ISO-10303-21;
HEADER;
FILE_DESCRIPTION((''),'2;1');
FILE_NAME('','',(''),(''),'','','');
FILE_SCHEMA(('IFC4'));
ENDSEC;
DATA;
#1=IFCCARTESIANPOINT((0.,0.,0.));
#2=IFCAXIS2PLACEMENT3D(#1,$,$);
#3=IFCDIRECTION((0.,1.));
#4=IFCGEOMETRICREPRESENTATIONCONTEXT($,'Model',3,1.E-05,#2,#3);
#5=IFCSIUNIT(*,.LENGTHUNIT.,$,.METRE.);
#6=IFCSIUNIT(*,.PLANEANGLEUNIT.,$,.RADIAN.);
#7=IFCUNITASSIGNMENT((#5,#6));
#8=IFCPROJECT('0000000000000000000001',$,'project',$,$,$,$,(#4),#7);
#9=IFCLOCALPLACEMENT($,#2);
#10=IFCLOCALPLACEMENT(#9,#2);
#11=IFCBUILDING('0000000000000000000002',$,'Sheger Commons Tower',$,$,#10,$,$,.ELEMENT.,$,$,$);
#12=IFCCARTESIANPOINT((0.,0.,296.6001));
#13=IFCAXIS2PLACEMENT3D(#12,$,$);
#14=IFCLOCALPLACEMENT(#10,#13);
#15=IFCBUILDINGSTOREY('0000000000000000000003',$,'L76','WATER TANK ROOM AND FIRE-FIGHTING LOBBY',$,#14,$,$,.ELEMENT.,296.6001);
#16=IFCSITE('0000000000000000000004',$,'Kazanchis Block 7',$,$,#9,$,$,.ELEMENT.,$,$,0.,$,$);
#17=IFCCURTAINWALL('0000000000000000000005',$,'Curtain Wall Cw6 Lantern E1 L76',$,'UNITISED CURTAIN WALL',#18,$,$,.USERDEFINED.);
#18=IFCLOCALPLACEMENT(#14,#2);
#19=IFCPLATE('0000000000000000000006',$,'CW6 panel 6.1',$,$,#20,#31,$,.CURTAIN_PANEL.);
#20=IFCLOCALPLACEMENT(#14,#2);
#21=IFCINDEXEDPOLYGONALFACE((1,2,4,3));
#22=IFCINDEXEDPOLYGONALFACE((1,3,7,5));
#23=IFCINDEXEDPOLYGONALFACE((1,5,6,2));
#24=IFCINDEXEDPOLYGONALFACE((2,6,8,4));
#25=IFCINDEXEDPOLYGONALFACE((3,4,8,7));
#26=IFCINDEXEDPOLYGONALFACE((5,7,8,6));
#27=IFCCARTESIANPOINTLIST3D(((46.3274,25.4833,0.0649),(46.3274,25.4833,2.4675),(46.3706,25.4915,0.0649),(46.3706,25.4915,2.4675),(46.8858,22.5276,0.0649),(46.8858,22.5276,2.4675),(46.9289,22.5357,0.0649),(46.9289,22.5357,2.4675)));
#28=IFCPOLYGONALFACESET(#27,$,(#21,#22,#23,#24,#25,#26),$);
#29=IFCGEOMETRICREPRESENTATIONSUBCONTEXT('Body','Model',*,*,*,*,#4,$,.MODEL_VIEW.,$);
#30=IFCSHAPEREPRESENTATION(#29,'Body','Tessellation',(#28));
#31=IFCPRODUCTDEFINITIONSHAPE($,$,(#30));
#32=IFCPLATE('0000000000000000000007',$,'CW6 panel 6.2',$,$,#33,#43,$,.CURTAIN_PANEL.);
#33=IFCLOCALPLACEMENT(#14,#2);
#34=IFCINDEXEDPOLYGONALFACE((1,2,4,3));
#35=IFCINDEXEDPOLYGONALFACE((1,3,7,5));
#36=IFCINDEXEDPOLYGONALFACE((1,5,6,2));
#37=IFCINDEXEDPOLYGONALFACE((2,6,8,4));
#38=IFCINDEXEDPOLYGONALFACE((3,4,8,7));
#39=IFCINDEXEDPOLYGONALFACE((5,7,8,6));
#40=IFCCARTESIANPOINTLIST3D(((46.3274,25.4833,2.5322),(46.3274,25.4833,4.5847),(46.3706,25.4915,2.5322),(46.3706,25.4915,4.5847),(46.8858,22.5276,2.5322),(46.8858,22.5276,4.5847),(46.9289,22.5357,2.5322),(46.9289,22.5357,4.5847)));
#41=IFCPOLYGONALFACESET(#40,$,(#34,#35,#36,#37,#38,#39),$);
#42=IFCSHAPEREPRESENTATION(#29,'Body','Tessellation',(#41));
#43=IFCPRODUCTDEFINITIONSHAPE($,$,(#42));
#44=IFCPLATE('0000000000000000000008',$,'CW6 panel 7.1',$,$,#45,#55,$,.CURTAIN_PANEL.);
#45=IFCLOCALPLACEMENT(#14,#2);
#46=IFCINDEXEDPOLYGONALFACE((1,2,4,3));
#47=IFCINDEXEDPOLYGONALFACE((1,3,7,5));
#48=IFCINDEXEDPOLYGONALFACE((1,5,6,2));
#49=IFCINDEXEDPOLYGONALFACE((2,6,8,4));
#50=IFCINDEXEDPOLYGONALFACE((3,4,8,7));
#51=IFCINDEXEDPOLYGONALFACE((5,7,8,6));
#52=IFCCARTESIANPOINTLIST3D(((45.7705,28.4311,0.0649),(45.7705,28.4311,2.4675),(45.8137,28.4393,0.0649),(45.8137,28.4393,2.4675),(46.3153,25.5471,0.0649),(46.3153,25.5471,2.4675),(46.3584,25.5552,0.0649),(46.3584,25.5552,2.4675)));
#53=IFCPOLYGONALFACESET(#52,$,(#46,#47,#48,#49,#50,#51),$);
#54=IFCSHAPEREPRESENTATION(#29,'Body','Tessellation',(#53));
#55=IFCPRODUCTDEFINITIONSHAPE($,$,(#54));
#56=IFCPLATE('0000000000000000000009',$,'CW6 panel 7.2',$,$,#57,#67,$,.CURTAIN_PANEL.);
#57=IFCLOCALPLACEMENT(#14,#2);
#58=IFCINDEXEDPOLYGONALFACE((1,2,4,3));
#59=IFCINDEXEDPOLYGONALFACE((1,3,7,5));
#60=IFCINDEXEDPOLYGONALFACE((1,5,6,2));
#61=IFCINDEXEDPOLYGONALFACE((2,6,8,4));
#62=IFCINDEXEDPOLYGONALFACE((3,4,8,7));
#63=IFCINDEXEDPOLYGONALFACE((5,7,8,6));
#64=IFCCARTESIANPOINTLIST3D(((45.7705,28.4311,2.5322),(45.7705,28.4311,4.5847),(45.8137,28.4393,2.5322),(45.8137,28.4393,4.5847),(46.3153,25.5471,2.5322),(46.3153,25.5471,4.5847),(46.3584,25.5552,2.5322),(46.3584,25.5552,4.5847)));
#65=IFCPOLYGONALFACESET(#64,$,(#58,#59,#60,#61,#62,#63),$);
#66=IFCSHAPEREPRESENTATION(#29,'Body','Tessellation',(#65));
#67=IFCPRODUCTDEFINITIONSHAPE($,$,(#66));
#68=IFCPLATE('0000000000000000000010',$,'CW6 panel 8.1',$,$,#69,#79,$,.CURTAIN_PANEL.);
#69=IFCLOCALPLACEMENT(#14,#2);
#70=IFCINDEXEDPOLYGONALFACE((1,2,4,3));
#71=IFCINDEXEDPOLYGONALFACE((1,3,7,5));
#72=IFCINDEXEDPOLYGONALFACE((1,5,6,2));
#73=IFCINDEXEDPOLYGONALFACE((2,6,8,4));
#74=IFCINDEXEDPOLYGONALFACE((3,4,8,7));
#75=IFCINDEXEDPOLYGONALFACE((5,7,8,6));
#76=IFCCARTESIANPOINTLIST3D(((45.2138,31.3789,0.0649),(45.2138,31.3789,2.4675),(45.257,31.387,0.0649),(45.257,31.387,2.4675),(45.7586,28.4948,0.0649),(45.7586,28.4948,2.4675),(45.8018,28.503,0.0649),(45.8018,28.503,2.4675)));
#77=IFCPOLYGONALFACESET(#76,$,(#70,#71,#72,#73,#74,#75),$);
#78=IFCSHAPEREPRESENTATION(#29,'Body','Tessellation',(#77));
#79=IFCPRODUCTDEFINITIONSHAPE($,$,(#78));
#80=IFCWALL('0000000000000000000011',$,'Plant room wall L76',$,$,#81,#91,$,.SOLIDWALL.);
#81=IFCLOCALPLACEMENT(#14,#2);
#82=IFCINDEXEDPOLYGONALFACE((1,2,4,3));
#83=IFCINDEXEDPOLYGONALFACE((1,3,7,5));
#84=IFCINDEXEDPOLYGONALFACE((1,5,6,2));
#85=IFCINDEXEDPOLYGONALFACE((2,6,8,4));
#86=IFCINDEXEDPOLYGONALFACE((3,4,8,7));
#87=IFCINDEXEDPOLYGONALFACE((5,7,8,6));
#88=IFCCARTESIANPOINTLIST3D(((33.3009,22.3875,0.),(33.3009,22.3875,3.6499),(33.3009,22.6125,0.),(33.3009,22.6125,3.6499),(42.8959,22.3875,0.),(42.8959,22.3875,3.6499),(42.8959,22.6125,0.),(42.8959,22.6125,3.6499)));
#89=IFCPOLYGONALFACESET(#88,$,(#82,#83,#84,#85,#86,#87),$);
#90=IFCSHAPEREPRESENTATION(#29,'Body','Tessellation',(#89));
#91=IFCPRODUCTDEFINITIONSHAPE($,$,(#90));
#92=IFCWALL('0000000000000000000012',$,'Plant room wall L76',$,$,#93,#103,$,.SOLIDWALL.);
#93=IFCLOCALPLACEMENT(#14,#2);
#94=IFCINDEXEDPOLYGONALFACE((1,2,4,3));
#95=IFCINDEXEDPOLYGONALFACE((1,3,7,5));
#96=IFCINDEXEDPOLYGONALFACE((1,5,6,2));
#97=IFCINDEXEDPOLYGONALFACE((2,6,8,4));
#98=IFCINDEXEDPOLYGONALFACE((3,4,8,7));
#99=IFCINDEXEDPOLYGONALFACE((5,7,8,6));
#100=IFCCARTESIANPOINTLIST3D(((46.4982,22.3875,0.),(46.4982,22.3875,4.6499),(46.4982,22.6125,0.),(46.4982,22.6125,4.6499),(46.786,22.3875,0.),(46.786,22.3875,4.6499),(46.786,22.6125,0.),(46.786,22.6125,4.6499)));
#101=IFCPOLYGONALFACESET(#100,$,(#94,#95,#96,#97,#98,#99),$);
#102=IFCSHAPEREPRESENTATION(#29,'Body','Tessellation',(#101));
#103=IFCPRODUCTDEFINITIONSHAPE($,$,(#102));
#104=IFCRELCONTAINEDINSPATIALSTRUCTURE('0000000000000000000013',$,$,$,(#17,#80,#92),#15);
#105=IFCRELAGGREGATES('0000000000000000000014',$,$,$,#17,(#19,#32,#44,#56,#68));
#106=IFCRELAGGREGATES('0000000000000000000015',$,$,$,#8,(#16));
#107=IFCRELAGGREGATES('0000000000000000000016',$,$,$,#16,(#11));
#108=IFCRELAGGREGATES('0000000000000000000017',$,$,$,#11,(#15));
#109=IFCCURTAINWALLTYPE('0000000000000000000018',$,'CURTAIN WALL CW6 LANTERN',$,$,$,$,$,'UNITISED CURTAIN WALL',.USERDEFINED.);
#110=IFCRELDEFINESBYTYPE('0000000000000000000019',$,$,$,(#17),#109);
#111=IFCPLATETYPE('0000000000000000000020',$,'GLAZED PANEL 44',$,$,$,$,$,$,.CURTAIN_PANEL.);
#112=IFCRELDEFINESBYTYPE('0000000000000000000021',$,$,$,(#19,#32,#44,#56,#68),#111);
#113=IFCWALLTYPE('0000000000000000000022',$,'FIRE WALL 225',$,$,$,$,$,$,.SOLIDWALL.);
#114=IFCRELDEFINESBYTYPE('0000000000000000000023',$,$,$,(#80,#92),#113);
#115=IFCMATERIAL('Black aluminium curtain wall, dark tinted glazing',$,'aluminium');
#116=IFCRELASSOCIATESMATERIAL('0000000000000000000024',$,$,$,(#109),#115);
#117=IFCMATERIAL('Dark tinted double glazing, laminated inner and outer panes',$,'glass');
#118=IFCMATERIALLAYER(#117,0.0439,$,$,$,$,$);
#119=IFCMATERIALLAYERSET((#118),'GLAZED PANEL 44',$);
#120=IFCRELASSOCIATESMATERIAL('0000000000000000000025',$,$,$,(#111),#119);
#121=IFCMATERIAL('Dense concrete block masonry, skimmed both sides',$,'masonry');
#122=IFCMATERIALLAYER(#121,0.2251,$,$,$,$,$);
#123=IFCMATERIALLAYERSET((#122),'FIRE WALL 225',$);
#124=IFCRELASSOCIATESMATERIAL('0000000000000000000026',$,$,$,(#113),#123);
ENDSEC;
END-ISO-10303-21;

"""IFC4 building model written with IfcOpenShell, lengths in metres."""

from ifc_helpers import new_model, si_unit, direction, frame, frame_2d, origin, origin_2d, place, context, subcontext, project, spatial, rectangle, extrude, material, layer, layer_set, type_object, element, aggregate, save


model = new_model("IFC4")

# Units and contexts
model_context = context("Model", 3, precision=1e-05, world=origin(), true_north=direction((0.0, 1.0)))
body_context = subcontext(model_context, "Body", "Model", "MODEL_VIEW")
ifc_project = project(units=[si_unit("LENGTHUNIT", "METRE"), si_unit("PLANEANGLEUNIT", "RADIAN")], contexts=[model_context])

# Site, building, storey
site_placement = place(None, origin())
site = spatial("IfcSite", under=ifc_project, at=site_placement, Name="Kazanchis Block 7", CompositionType="ELEMENT", RefElevation=0.0)
building_placement = place(site_placement, origin())
building = spatial("IfcBuilding", under=site, at=building_placement, Name="Sheger Commons Tower", CompositionType="ELEMENT")
storey_placement = place(building_placement, frame((0.0, 0.0, 296.6001)))
storey = spatial("IfcBuildingStorey", under=building, at=storey_placement, Name="L76", Description="WATER TANK ROOM AND FIRE-FIGHTING LOBBY", CompositionType="ELEMENT", Elevation=296.6001)

# Curtain wall
ifc_material_1 = material(Name="Black aluminium curtain wall, dark tinted glazing", Category="aluminium")
curtain_wall_type = type_object("IfcCurtainWallType", Name="CURTAIN WALL CW6 LANTERN", ElementType="UNITISED CURTAIN WALL", PredefinedType="USERDEFINED", material=ifc_material_1)
curtain_wall_placement = place(storey_placement, origin())
curtain_wall = element("IfcCurtainWall", 1, at=curtain_wall_placement, inside=storey, type_object=curtain_wall_type, Name="Curtain Wall Cw6 Lantern E1 L76", ObjectType="UNITISED CURTAIN WALL", PredefinedType="USERDEFINED")

# Plates
ifc_material_2 = material(Name="Dark tinted double glazing, laminated inner and outer panes", Category="glass")
ifc_layer_1 = layer(ifc_material_2, 0.0439)
ifc_layer_set_1 = layer_set([ifc_layer_1], Name="GLAZED PANEL 44")
plate_type = type_object("IfcPlateType", Name="GLAZED PANEL 44", PredefinedType="CURTAIN_PANEL", material=ifc_layer_set_1)
plate_1_placement = place(storey_placement, frame((46.6282, 24.0095, 0.0649), z_axis=(0.0, 0.0, 1.0), x_axis=(-0.185613, 0.982623, 0.0)))
plate_1 = element("IfcPlate", 2, at=plate_1_placement, type_object=plate_type, Name="CW6 panel 6.1", PredefinedType="CURTAIN_PANEL", context=body_context, shape_type="SweptSolid", body=[
    extrude(rectangle(XDim=3.0081, YDim=0.0439, at=origin_2d()), origin(), (0.0, 0.0, 1.0), 2.4026),
])
plate_2_placement = place(storey_placement, frame((46.6282, 24.0095, 2.5322), z_axis=(0.0, 0.0, 1.0), x_axis=(-0.185613, 0.982623, 0.0)))
plate_2 = element("IfcPlate", 3, at=plate_2_placement, type_object=plate_type, Name="CW6 panel 6.2", PredefinedType="CURTAIN_PANEL", context=body_context, shape_type="SweptSolid", body=[
    extrude(rectangle(XDim=3.0081, YDim=0.0439, at=origin_2d()), origin(), (0.0, 0.0, 1.0), 2.0525),
])
plate_3_placement = place(storey_placement, frame((46.0645, 26.9932, 0.0649), z_axis=(0.0, 0.0, 1.0), x_axis=(-0.185613, 0.982623, 0.0)))
plate_3 = element("IfcPlate", 4, at=plate_3_placement, type_object=plate_type, Name="CW6 panel 7.1", PredefinedType="CURTAIN_PANEL", context=body_context, shape_type="SweptSolid", body=[
    extrude(rectangle(XDim=2.9351, YDim=0.0439, at=origin_2d()), origin(), (0.0, 0.0, 1.0), 2.4026),
])
plate_4_placement = place(storey_placement, frame((46.0645, 26.9932, 2.5322), z_axis=(0.0, 0.0, 1.0), x_axis=(-0.185613, 0.982623, 0.0)))
plate_4 = element("IfcPlate", 5, at=plate_4_placement, type_object=plate_type, Name="CW6 panel 7.2", PredefinedType="CURTAIN_PANEL", context=body_context, shape_type="SweptSolid", body=[
    extrude(rectangle(XDim=2.9351, YDim=0.0439, at=origin_2d()), origin(), (0.0, 0.0, 1.0), 2.0525),
])
plate_5_placement = place(storey_placement, frame((45.5078, 29.9409, 0.0649), z_axis=(0.0, 0.0, 1.0), x_axis=(-0.185613, 0.982623, 0.0)))
plate_5 = element("IfcPlate", 6, at=plate_5_placement, type_object=plate_type, Name="CW6 panel 8.1", PredefinedType="CURTAIN_PANEL", context=body_context, shape_type="SweptSolid", body=[
    extrude(rectangle(XDim=2.9351, YDim=0.0439, at=origin_2d()), origin(), (0.0, 0.0, 1.0), 2.4026),
])
aggregate(curtain_wall, [plate_1, plate_2, plate_3, plate_4, plate_5])

# Walls
ifc_material_3 = material(Name="Dense concrete block masonry, skimmed both sides", Category="masonry")
ifc_layer_2 = layer(ifc_material_3, 0.2251)
ifc_layer_set_2 = layer_set([ifc_layer_2], Name="FIRE WALL 225")
wall_type = type_object("IfcWallType", Name="FIRE WALL 225", PredefinedType="SOLIDWALL", material=ifc_layer_set_2)
wall_1_placement = place(storey_placement, frame((33.301, 22.5, 0.0), z_axis=(0.0, 0.0, 1.0), x_axis=(1.0, 0.0, 0.0)))
element("IfcWall", 7, at=wall_1_placement, inside=storey, type_object=wall_type, Name="Plant room wall L76", PredefinedType="SOLIDWALL", context=body_context, shape_type="SweptSolid", body=[
    extrude(rectangle(XDim=9.595, YDim=0.2251, at=frame_2d((4.7974, 0.0))), origin(), (0.0, 0.0, 1.0), 3.6499),
])
wall_2_placement = place(storey_placement, frame((46.498, 22.5, 0.0), z_axis=(0.0, 0.0, 1.0), x_axis=(1.0, 0.0, 0.0)))
element("IfcWall", 8, at=wall_2_placement, inside=storey, type_object=wall_type, Name="Plant room wall L76", PredefinedType="SOLIDWALL", context=body_context, shape_type="SweptSolid", body=[
    extrude(rectangle(XDim=0.2878, YDim=0.2251, at=frame_2d((0.144, 0.0))), origin(), (0.0, 0.0, 1.0), 4.6499),
])

save(model, "model.ifc")
